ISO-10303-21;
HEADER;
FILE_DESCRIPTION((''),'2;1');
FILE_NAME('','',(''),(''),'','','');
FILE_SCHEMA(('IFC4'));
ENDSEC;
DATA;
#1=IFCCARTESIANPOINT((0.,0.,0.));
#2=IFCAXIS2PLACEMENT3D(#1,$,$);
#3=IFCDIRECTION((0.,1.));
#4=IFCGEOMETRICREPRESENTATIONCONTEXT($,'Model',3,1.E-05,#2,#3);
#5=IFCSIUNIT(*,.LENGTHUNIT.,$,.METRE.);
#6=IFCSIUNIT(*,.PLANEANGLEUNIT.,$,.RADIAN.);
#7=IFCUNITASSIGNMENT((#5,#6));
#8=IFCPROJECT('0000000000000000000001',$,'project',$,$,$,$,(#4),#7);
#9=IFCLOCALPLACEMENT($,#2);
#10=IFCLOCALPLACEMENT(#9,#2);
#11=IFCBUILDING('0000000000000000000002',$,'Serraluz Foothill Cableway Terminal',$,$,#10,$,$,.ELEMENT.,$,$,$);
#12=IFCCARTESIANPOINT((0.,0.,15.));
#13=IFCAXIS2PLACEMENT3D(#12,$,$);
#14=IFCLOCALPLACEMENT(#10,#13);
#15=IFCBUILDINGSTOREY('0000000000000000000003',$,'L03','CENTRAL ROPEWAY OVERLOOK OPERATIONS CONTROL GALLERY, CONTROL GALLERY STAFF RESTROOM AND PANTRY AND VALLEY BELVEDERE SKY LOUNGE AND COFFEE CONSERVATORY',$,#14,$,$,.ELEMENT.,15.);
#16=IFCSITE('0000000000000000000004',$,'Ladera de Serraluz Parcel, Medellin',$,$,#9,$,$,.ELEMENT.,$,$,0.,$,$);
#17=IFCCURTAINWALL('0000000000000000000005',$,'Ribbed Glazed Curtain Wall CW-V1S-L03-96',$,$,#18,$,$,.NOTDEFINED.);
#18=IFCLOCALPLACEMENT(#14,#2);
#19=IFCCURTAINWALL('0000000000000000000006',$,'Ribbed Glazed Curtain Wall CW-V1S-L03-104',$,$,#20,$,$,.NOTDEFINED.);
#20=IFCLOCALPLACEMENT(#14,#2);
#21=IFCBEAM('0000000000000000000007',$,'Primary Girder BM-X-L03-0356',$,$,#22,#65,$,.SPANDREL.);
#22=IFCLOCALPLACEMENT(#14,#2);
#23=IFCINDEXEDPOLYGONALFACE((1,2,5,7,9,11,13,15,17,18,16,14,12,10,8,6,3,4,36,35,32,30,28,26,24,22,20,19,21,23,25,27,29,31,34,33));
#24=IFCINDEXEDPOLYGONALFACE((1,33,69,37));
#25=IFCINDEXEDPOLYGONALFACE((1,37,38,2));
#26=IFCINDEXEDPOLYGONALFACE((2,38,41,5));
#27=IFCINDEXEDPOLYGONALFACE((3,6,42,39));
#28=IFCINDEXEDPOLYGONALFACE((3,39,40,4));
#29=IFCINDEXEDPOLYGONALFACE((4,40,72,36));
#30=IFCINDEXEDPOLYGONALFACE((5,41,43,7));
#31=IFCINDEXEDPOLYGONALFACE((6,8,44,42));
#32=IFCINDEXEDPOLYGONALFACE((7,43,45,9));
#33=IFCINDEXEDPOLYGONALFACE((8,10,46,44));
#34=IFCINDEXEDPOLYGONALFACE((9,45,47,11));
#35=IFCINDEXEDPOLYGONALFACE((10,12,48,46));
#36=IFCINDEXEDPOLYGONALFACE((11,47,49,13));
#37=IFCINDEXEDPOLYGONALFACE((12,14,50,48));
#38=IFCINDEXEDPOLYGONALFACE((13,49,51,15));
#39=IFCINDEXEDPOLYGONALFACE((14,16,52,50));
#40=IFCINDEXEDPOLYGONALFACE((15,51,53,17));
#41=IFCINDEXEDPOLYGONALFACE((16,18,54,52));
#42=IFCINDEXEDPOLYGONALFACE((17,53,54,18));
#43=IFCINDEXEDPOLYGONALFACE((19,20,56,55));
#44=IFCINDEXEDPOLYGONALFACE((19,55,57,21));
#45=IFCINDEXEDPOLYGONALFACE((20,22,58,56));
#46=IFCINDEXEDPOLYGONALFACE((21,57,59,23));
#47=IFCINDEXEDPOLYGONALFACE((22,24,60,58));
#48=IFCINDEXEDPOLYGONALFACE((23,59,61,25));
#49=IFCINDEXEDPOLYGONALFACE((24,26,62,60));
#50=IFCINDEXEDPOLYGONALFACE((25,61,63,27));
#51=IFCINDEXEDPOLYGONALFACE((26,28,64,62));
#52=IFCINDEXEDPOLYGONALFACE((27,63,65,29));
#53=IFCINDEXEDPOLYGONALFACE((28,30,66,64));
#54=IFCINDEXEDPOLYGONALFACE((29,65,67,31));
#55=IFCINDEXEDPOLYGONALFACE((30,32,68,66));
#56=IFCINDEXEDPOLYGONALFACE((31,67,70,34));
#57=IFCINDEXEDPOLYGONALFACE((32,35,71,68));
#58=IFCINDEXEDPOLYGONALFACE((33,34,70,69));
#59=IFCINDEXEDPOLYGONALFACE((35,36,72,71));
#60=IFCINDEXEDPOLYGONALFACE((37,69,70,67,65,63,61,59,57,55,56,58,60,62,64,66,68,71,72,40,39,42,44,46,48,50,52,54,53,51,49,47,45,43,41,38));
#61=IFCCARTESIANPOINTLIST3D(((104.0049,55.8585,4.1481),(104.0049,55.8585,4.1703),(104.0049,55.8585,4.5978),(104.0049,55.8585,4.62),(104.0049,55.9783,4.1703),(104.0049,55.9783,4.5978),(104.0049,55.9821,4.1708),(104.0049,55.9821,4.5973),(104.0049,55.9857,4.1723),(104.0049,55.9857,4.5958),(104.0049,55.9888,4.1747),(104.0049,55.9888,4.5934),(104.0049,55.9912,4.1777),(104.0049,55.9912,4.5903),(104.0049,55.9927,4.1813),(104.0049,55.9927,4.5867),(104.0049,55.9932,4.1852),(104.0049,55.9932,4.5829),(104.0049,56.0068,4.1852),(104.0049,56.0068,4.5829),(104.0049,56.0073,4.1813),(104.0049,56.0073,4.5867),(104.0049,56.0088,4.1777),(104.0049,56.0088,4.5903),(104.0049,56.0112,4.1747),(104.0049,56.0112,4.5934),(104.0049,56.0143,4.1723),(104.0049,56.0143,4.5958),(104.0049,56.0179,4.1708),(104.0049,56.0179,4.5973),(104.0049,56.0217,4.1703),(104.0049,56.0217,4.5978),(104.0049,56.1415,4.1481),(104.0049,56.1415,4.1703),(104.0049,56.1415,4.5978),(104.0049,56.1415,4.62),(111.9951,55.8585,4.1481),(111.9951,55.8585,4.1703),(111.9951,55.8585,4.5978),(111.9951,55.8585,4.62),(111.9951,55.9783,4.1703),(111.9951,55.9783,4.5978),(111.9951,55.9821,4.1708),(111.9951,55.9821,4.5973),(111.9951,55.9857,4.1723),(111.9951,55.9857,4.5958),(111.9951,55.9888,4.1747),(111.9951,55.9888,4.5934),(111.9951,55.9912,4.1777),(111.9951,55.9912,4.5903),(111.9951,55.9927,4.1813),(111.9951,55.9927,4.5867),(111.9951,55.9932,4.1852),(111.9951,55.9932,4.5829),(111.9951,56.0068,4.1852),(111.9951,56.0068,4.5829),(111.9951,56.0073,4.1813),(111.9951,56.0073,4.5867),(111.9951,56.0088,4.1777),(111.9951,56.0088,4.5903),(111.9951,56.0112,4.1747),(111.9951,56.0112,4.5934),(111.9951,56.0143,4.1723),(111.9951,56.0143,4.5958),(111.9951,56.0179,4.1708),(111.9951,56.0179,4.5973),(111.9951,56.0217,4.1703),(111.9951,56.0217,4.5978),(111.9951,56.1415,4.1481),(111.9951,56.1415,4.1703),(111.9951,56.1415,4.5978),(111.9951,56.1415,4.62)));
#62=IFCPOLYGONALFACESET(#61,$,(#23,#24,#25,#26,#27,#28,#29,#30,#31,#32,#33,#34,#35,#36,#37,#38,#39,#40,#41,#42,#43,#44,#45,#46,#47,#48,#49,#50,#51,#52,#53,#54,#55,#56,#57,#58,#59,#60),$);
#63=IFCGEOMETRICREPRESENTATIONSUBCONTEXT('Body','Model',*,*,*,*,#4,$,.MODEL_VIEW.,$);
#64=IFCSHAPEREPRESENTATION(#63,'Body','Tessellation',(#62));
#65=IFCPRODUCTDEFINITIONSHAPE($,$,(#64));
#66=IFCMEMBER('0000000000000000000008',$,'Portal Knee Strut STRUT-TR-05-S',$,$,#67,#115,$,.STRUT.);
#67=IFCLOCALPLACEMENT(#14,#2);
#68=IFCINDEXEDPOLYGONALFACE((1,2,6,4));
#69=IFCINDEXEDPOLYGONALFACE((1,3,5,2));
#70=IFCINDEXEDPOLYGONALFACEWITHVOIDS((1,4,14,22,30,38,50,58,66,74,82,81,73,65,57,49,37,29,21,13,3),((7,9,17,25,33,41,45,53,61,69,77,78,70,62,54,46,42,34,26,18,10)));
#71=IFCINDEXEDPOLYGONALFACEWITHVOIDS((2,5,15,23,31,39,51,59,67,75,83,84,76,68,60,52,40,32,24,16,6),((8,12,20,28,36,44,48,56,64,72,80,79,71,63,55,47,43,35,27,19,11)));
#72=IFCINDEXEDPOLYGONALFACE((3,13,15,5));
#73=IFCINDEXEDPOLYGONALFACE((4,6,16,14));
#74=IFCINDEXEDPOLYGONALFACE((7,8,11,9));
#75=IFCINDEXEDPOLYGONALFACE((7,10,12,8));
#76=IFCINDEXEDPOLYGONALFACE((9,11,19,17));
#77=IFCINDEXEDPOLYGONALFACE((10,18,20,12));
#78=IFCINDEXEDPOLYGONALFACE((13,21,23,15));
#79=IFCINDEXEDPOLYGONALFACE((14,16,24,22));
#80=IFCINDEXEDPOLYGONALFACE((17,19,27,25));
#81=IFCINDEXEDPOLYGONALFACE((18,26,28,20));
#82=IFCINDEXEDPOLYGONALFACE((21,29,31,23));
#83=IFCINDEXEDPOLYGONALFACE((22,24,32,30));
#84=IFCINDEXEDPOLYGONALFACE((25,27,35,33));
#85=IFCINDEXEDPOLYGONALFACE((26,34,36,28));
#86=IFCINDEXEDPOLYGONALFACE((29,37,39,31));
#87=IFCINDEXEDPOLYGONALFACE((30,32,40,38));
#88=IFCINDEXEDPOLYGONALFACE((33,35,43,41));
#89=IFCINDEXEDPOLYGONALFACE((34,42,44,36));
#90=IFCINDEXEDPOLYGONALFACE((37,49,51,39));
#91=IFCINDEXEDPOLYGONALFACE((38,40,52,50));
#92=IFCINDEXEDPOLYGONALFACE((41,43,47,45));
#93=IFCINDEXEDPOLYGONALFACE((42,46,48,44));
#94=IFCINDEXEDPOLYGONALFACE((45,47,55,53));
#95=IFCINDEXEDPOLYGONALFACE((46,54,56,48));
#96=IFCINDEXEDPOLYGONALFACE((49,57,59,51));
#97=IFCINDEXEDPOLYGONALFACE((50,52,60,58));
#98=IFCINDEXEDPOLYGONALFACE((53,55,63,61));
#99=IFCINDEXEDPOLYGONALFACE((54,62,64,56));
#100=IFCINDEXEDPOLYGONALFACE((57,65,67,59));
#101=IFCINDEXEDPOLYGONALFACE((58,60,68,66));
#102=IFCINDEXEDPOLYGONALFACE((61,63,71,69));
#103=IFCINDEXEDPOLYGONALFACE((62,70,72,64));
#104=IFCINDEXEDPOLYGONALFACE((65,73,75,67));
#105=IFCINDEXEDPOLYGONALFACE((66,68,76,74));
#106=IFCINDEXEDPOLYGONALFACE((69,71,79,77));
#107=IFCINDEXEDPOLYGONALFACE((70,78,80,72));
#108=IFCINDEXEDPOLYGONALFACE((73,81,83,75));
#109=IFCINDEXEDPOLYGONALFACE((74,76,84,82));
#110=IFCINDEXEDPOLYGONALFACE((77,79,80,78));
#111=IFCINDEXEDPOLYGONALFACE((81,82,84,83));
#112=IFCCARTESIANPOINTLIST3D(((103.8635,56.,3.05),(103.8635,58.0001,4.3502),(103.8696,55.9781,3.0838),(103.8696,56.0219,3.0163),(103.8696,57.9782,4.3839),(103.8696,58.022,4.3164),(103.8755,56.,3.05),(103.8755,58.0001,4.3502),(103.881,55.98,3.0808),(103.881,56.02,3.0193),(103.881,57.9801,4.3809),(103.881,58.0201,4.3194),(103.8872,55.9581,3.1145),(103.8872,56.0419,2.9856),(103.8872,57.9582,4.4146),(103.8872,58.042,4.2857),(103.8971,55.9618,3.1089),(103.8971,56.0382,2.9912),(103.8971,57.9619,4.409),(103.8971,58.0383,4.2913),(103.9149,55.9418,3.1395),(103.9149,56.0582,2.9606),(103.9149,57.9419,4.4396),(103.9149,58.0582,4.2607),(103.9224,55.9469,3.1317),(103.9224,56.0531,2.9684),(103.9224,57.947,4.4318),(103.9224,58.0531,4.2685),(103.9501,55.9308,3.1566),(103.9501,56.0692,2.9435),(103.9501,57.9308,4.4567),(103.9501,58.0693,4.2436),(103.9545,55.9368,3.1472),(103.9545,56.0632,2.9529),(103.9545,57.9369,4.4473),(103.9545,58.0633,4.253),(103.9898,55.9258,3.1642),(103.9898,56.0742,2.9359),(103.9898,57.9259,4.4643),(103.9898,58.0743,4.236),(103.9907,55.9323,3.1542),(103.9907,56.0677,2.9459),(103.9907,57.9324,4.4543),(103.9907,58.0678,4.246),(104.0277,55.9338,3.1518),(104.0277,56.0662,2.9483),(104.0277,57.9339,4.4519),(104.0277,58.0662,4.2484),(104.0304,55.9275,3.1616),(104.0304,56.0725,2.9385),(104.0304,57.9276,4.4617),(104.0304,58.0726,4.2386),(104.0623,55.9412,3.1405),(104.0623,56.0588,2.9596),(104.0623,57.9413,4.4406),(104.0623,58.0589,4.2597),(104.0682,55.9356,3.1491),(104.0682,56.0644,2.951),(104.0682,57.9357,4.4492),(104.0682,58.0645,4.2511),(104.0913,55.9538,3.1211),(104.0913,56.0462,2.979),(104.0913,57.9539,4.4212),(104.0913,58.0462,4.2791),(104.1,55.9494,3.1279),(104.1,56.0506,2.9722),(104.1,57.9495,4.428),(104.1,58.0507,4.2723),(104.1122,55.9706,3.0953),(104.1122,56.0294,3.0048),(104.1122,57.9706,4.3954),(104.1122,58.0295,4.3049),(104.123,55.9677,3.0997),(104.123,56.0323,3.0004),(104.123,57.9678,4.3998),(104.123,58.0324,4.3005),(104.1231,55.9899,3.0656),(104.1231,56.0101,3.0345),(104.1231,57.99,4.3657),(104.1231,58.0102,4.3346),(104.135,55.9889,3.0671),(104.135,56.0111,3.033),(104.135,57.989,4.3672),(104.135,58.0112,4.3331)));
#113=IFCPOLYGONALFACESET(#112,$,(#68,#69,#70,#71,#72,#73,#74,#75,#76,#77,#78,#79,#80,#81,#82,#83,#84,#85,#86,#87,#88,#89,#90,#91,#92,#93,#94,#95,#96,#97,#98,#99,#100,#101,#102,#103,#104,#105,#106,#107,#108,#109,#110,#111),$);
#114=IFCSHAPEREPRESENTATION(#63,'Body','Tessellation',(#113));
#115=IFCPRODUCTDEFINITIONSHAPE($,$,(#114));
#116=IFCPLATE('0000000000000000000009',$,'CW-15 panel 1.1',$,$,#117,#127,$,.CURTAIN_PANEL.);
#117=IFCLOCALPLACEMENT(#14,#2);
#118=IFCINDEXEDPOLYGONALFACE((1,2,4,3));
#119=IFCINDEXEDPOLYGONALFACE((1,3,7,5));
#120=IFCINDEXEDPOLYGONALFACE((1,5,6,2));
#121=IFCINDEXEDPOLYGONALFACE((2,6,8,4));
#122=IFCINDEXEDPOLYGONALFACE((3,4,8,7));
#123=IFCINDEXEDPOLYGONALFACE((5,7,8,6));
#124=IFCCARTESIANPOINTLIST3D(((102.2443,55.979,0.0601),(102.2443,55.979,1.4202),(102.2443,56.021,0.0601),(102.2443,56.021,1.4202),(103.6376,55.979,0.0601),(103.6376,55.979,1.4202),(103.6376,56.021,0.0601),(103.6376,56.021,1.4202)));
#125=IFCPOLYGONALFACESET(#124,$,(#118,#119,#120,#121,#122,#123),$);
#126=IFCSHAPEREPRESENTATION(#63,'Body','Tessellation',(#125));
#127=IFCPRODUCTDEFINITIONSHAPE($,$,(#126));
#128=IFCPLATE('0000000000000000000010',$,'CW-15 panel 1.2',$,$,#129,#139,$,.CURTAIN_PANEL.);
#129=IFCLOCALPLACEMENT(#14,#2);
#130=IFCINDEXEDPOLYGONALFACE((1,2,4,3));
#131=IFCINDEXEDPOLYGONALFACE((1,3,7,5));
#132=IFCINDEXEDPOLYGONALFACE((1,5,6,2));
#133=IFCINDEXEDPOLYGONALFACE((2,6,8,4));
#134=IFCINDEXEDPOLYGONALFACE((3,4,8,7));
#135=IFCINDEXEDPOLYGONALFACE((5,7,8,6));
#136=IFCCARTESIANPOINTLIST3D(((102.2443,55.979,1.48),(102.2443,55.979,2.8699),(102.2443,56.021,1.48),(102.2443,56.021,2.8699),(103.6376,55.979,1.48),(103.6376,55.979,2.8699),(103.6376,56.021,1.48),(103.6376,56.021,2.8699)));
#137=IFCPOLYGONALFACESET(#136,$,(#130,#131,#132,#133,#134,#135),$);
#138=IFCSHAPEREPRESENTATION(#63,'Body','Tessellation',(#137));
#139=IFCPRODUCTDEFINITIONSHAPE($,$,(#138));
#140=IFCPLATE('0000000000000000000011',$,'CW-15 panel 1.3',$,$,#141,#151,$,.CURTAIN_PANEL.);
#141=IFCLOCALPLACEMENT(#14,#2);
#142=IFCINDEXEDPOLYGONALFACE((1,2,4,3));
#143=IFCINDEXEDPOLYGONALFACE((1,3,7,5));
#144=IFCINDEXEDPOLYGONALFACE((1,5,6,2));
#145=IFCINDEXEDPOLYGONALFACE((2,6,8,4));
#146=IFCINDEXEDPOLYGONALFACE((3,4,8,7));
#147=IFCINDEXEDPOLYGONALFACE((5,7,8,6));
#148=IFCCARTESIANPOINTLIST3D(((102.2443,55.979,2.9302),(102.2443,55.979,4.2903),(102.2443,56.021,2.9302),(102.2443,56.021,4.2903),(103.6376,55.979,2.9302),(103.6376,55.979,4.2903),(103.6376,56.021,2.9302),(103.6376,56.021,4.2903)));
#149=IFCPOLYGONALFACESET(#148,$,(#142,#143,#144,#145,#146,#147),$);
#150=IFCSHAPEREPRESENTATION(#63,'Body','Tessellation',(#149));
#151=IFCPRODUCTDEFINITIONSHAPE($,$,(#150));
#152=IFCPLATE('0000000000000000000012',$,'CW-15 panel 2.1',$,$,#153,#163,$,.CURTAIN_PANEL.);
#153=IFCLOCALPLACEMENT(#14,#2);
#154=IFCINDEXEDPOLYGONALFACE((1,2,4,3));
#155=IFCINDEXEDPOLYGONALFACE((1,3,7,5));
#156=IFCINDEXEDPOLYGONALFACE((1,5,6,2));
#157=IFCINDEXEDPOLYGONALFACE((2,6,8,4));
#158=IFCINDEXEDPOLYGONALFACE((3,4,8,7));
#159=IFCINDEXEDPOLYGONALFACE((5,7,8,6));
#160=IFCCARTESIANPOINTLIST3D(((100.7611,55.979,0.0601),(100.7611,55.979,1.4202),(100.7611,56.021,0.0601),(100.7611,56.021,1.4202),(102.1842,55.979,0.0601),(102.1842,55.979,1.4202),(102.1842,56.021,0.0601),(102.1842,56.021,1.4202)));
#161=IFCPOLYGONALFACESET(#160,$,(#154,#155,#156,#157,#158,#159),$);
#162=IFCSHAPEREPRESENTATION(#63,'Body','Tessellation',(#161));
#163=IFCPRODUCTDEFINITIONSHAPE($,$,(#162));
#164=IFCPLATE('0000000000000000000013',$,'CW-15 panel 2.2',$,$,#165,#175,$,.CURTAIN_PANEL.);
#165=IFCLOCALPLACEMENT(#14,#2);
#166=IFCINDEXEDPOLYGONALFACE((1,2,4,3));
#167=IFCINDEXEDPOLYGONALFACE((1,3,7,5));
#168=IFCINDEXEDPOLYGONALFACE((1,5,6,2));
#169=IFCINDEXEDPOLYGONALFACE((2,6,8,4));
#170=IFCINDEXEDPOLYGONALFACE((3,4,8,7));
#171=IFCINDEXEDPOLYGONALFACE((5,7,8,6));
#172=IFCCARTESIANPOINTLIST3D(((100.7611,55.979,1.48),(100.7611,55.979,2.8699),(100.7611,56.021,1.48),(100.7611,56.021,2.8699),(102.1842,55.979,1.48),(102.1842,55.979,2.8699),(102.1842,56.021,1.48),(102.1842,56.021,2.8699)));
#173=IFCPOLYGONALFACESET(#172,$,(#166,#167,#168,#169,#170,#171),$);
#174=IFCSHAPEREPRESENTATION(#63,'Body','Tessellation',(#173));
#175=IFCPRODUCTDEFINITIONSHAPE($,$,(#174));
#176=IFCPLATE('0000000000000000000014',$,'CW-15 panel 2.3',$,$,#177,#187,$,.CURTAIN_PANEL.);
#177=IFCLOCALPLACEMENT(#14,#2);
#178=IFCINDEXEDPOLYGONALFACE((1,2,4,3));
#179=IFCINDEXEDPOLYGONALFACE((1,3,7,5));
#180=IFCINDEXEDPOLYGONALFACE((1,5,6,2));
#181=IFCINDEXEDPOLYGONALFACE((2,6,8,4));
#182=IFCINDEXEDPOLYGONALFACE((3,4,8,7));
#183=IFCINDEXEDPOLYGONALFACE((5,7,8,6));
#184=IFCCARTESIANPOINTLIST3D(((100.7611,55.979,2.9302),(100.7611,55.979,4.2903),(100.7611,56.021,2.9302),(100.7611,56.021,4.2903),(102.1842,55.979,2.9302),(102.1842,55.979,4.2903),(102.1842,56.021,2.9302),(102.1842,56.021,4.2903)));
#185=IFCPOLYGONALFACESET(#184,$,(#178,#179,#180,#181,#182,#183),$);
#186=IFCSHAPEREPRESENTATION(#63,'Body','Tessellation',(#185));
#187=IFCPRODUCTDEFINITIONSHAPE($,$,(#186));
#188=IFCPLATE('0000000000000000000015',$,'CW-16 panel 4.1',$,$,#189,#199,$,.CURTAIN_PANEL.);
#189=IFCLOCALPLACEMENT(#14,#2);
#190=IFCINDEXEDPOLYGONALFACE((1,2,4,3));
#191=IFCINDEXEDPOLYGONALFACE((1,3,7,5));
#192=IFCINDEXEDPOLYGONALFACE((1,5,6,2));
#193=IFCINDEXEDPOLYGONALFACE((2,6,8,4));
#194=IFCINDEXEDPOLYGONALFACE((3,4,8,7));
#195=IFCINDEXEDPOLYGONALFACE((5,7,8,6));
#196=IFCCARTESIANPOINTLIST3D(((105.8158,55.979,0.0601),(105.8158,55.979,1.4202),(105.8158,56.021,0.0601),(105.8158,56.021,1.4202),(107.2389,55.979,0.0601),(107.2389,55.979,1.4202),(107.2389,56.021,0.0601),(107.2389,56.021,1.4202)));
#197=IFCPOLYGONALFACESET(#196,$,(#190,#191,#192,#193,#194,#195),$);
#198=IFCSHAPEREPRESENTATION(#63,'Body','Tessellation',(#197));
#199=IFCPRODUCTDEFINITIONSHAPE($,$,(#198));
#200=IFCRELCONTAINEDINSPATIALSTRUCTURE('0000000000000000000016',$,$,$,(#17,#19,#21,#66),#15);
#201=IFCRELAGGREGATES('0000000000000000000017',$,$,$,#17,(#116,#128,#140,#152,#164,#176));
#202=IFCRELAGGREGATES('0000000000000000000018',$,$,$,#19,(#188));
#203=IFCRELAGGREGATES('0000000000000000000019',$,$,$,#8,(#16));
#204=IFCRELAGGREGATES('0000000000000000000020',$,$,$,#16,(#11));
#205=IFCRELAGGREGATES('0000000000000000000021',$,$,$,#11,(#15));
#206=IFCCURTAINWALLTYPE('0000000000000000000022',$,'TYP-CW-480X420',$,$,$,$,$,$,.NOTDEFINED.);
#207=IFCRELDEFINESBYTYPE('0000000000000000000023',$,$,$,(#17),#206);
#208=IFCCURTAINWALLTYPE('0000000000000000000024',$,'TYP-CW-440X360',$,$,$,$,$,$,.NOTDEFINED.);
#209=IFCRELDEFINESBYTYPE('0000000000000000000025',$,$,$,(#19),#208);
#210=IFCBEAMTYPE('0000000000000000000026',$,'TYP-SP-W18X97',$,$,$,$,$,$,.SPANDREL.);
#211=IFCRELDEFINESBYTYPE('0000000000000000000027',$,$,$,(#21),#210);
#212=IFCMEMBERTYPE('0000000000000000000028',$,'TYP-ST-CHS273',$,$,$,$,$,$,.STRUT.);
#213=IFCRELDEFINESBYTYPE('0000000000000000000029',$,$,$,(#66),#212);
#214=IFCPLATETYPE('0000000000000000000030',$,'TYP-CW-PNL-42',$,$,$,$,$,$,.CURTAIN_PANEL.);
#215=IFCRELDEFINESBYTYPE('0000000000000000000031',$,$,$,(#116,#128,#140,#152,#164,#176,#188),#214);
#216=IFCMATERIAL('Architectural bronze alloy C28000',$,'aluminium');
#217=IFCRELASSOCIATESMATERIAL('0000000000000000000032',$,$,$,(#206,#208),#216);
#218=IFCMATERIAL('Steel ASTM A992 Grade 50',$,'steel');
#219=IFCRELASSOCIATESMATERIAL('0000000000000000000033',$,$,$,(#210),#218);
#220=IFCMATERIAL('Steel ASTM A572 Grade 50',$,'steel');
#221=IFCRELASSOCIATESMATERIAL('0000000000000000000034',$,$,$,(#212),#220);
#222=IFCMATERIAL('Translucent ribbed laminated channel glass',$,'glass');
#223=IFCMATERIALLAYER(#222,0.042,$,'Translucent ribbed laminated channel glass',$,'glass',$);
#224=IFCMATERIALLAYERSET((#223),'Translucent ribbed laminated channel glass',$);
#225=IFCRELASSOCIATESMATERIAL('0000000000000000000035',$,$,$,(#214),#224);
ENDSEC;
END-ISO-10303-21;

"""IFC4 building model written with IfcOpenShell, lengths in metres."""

from ifc_helpers import new_model, si_unit, direction, frame, origin, origin_2d, place, context, subcontext, project, spatial, rectangle, hollow_circle, i_section, extrude, material, layer, layer_set, material_profile, profile_set, type_object, element, aggregate, save


model = new_model("IFC4")

# Units and contexts
model_context = context("Model", 3, precision=1e-05, world=origin(), true_north=direction((0.0, 1.0)))
body_context = subcontext(model_context, "Body", "Model", "MODEL_VIEW")
ifc_project = project(units=[si_unit("LENGTHUNIT", "METRE"), si_unit("PLANEANGLEUNIT", "RADIAN")], contexts=[model_context])

# Site, building, storey
site_placement = place(None, origin())
site = spatial("IfcSite", under=ifc_project, at=site_placement, Name="Ladera de Serraluz Parcel, Medellin", CompositionType="ELEMENT", RefElevation=0.0)
building_placement = place(site_placement, origin())
building = spatial("IfcBuilding", under=site, at=building_placement, Name="Serraluz Foothill Cableway Terminal", CompositionType="ELEMENT")
storey_placement = place(building_placement, frame((0.0, 0.0, 15.0)))
storey = spatial("IfcBuildingStorey", under=building, at=storey_placement, Name="L03", Description="CENTRAL ROPEWAY OVERLOOK OPERATIONS CONTROL GALLERY, CONTROL GALLERY STAFF RESTROOM AND PANTRY AND VALLEY BELVEDERE SKY LOUNGE AND COFFEE CONSERVATORY", CompositionType="ELEMENT", Elevation=15.0)

# Shared definitions
ifc_material_1 = material(Name="Steel ASTM A992 Grade 50", Category="steel")

# Curtain walls
ifc_material_2 = material(Name="Architectural bronze alloy C28000", Category="aluminium")
curtain_wall_type_1 = type_object("IfcCurtainWallType", Name="TYP-CW-480X420", PredefinedType="NOTDEFINED", material=ifc_material_2)
curtain_wall_1_placement = place(storey_placement, origin())
curtain_wall_1 = element("IfcCurtainWall", 1, at=curtain_wall_1_placement, inside=storey, type_object=curtain_wall_type_1, Name="Ribbed Glazed Curtain Wall CW-V1S-L03-96", PredefinedType="NOTDEFINED")
curtain_wall_type_2 = type_object("IfcCurtainWallType", Name="TYP-CW-440X360", PredefinedType="NOTDEFINED", material=ifc_material_2)
curtain_wall_2_placement = place(storey_placement, origin())
curtain_wall_2 = element("IfcCurtainWall", 2, at=curtain_wall_2_placement, inside=storey, type_object=curtain_wall_type_2, Name="Ribbed Glazed Curtain Wall CW-V1S-L03-104", PredefinedType="NOTDEFINED")

# Beam
ifc_material_profile_1 = material_profile(ifc_material_1, i_section(OverallWidth=0.283, OverallDepth=0.4719, WebThickness=0.0137, FlangeThickness=0.0222, FilletRadius=0.0149, at=origin_2d()), Name="W18X97")
ifc_profile_set_1 = profile_set([ifc_material_profile_1], Name="Steel ASTM A992 Grade 50")
beam_type_1 = type_object("IfcBeamType", Name="TYP-SP-W18X97", PredefinedType="SPANDREL", material=ifc_profile_set_1)
beam_1_placement = place(storey_placement, frame((104.0049, 56.0, 4.384), z_axis=(1.0, 0.0, 0.0), x_axis=(0.0, 1.0, 0.0)))
element("IfcBeam", 3, at=beam_1_placement, inside=storey, type_object=beam_type_1, Name="Primary Girder BM-X-L03-0356", PredefinedType="SPANDREL", context=body_context, shape_type="SweptSolid", body=[
    extrude(i_section(OverallWidth=0.283, OverallDepth=0.4719, WebThickness=0.0137, FlangeThickness=0.0222, FilletRadius=0.0149, at=origin_2d()), origin(), (0.0, 0.0, 1.0), 7.9902),
])

# Member
ifc_material_3 = material(Name="Steel ASTM A572 Grade 50", Category="steel")
ifc_material_profile_2 = material_profile(ifc_material_3, hollow_circle(Radius=0.1365, WallThickness=0.012, at=origin_2d()), Name="CHS273X12")
ifc_profile_set_2 = profile_set([ifc_material_profile_2], Name="Steel ASTM A572 Grade 50")
member_type_1 = type_object("IfcMemberType", Name="TYP-ST-CHS273", PredefinedType="STRUT", material=ifc_profile_set_2)
member_1_placement = place(storey_placement, frame((104.0, 56.0, 3.05), z_axis=(0.0, 0.838434, 0.545003), x_axis=(-1.0, 0.0, 0.0)))
element("IfcMember", 4, at=member_1_placement, inside=storey, type_object=member_type_1, Name="Portal Knee Strut STRUT-TR-05-S", PredefinedType="STRUT", context=body_context, shape_type="SweptSolid", body=[
    extrude(hollow_circle(Radius=0.1365, WallThickness=0.012, at=origin_2d()), origin(), (0.0, 0.0, 1.0), 2.3855),
])

# Plates
ifc_material_4 = material(Name="Translucent ribbed laminated channel glass", Category="glass")
ifc_layer_1 = layer(ifc_material_4, 0.042, Name="Translucent ribbed laminated channel glass", Category="glass")
ifc_layer_set_1 = layer_set([ifc_layer_1], Name="Translucent ribbed laminated channel glass")
plate_type_1 = type_object("IfcPlateType", Name="TYP-CW-PNL-42", PredefinedType="CURTAIN_PANEL", material=ifc_layer_set_1)
plate_1_placement = place(storey_placement, frame((102.9409, 56.0, 0.0601), z_axis=(0.0, 0.0, 1.0), x_axis=(-1.0, 0.0, 0.0)))
plate_1 = element("IfcPlate", 5, at=plate_1_placement, type_object=plate_type_1, Name="CW-15 panel 1.1", PredefinedType="CURTAIN_PANEL", context=body_context, shape_type="SweptSolid", body=[
    extrude(rectangle(XDim=1.3933, YDim=0.042, at=origin_2d()), origin(), (0.0, 0.0, 1.0), 1.3601),
])
plate_2_placement = place(storey_placement, frame((102.9409, 56.0, 1.48), z_axis=(0.0, 0.0, 1.0), x_axis=(-1.0, 0.0, 0.0)))
plate_2 = element("IfcPlate", 6, at=plate_2_placement, type_object=plate_type_1, Name="CW-15 panel 1.2", PredefinedType="CURTAIN_PANEL", context=body_context, shape_type="SweptSolid", body=[
    extrude(rectangle(XDim=1.3933, YDim=0.042, at=origin_2d()), origin(), (0.0, 0.0, 1.0), 1.3899),
])
plate_3_placement = place(storey_placement, frame((102.9409, 56.0, 2.9302), z_axis=(0.0, 0.0, 1.0), x_axis=(-1.0, 0.0, 0.0)))
plate_3 = element("IfcPlate", 7, at=plate_3_placement, type_object=plate_type_1, Name="CW-15 panel 1.3", PredefinedType="CURTAIN_PANEL", context=body_context, shape_type="SweptSolid", body=[
    extrude(rectangle(XDim=1.3933, YDim=0.042, at=origin_2d()), origin(), (0.0, 0.0, 1.0), 1.3601),
])
plate_4_placement = place(storey_placement, frame((101.4727, 56.0, 0.0601), z_axis=(0.0, 0.0, 1.0), x_axis=(-1.0, 0.0, 0.0)))
plate_4 = element("IfcPlate", 8, at=plate_4_placement, type_object=plate_type_1, Name="CW-15 panel 2.1", PredefinedType="CURTAIN_PANEL", context=body_context, shape_type="SweptSolid", body=[
    extrude(rectangle(XDim=1.4231, YDim=0.042, at=origin_2d()), origin(), (0.0, 0.0, 1.0), 1.3601),
])
plate_5_placement = place(storey_placement, frame((101.4727, 56.0, 1.48), z_axis=(0.0, 0.0, 1.0), x_axis=(-1.0, 0.0, 0.0)))
plate_5 = element("IfcPlate", 9, at=plate_5_placement, type_object=plate_type_1, Name="CW-15 panel 2.2", PredefinedType="CURTAIN_PANEL", context=body_context, shape_type="SweptSolid", body=[
    extrude(rectangle(XDim=1.4231, YDim=0.042, at=origin_2d()), origin(), (0.0, 0.0, 1.0), 1.3899),
])
plate_6_placement = place(storey_placement, frame((101.4727, 56.0, 2.9302), z_axis=(0.0, 0.0, 1.0), x_axis=(-1.0, 0.0, 0.0)))
plate_6 = element("IfcPlate", 10, at=plate_6_placement, type_object=plate_type_1, Name="CW-15 panel 2.3", PredefinedType="CURTAIN_PANEL", context=body_context, shape_type="SweptSolid", body=[
    extrude(rectangle(XDim=1.4231, YDim=0.042, at=origin_2d()), origin(), (0.0, 0.0, 1.0), 1.3601),
])
aggregate(curtain_wall_1, [plate_1, plate_2, plate_3, plate_4, plate_5, plate_6])
plate_7_placement = place(storey_placement, frame((106.5273, 56.0, 0.0601), z_axis=(0.0, 0.0, 1.0), x_axis=(-1.0, 0.0, 0.0)))
plate_7 = element("IfcPlate", 11, at=plate_7_placement, type_object=plate_type_1, Name="CW-16 panel 4.1", PredefinedType="CURTAIN_PANEL", context=body_context, shape_type="SweptSolid", body=[
    extrude(rectangle(XDim=1.4231, YDim=0.042, at=origin_2d()), origin(), (0.0, 0.0, 1.0), 1.3601),
])
aggregate(curtain_wall_2, [plate_7])

save(model, "model.ifc")
